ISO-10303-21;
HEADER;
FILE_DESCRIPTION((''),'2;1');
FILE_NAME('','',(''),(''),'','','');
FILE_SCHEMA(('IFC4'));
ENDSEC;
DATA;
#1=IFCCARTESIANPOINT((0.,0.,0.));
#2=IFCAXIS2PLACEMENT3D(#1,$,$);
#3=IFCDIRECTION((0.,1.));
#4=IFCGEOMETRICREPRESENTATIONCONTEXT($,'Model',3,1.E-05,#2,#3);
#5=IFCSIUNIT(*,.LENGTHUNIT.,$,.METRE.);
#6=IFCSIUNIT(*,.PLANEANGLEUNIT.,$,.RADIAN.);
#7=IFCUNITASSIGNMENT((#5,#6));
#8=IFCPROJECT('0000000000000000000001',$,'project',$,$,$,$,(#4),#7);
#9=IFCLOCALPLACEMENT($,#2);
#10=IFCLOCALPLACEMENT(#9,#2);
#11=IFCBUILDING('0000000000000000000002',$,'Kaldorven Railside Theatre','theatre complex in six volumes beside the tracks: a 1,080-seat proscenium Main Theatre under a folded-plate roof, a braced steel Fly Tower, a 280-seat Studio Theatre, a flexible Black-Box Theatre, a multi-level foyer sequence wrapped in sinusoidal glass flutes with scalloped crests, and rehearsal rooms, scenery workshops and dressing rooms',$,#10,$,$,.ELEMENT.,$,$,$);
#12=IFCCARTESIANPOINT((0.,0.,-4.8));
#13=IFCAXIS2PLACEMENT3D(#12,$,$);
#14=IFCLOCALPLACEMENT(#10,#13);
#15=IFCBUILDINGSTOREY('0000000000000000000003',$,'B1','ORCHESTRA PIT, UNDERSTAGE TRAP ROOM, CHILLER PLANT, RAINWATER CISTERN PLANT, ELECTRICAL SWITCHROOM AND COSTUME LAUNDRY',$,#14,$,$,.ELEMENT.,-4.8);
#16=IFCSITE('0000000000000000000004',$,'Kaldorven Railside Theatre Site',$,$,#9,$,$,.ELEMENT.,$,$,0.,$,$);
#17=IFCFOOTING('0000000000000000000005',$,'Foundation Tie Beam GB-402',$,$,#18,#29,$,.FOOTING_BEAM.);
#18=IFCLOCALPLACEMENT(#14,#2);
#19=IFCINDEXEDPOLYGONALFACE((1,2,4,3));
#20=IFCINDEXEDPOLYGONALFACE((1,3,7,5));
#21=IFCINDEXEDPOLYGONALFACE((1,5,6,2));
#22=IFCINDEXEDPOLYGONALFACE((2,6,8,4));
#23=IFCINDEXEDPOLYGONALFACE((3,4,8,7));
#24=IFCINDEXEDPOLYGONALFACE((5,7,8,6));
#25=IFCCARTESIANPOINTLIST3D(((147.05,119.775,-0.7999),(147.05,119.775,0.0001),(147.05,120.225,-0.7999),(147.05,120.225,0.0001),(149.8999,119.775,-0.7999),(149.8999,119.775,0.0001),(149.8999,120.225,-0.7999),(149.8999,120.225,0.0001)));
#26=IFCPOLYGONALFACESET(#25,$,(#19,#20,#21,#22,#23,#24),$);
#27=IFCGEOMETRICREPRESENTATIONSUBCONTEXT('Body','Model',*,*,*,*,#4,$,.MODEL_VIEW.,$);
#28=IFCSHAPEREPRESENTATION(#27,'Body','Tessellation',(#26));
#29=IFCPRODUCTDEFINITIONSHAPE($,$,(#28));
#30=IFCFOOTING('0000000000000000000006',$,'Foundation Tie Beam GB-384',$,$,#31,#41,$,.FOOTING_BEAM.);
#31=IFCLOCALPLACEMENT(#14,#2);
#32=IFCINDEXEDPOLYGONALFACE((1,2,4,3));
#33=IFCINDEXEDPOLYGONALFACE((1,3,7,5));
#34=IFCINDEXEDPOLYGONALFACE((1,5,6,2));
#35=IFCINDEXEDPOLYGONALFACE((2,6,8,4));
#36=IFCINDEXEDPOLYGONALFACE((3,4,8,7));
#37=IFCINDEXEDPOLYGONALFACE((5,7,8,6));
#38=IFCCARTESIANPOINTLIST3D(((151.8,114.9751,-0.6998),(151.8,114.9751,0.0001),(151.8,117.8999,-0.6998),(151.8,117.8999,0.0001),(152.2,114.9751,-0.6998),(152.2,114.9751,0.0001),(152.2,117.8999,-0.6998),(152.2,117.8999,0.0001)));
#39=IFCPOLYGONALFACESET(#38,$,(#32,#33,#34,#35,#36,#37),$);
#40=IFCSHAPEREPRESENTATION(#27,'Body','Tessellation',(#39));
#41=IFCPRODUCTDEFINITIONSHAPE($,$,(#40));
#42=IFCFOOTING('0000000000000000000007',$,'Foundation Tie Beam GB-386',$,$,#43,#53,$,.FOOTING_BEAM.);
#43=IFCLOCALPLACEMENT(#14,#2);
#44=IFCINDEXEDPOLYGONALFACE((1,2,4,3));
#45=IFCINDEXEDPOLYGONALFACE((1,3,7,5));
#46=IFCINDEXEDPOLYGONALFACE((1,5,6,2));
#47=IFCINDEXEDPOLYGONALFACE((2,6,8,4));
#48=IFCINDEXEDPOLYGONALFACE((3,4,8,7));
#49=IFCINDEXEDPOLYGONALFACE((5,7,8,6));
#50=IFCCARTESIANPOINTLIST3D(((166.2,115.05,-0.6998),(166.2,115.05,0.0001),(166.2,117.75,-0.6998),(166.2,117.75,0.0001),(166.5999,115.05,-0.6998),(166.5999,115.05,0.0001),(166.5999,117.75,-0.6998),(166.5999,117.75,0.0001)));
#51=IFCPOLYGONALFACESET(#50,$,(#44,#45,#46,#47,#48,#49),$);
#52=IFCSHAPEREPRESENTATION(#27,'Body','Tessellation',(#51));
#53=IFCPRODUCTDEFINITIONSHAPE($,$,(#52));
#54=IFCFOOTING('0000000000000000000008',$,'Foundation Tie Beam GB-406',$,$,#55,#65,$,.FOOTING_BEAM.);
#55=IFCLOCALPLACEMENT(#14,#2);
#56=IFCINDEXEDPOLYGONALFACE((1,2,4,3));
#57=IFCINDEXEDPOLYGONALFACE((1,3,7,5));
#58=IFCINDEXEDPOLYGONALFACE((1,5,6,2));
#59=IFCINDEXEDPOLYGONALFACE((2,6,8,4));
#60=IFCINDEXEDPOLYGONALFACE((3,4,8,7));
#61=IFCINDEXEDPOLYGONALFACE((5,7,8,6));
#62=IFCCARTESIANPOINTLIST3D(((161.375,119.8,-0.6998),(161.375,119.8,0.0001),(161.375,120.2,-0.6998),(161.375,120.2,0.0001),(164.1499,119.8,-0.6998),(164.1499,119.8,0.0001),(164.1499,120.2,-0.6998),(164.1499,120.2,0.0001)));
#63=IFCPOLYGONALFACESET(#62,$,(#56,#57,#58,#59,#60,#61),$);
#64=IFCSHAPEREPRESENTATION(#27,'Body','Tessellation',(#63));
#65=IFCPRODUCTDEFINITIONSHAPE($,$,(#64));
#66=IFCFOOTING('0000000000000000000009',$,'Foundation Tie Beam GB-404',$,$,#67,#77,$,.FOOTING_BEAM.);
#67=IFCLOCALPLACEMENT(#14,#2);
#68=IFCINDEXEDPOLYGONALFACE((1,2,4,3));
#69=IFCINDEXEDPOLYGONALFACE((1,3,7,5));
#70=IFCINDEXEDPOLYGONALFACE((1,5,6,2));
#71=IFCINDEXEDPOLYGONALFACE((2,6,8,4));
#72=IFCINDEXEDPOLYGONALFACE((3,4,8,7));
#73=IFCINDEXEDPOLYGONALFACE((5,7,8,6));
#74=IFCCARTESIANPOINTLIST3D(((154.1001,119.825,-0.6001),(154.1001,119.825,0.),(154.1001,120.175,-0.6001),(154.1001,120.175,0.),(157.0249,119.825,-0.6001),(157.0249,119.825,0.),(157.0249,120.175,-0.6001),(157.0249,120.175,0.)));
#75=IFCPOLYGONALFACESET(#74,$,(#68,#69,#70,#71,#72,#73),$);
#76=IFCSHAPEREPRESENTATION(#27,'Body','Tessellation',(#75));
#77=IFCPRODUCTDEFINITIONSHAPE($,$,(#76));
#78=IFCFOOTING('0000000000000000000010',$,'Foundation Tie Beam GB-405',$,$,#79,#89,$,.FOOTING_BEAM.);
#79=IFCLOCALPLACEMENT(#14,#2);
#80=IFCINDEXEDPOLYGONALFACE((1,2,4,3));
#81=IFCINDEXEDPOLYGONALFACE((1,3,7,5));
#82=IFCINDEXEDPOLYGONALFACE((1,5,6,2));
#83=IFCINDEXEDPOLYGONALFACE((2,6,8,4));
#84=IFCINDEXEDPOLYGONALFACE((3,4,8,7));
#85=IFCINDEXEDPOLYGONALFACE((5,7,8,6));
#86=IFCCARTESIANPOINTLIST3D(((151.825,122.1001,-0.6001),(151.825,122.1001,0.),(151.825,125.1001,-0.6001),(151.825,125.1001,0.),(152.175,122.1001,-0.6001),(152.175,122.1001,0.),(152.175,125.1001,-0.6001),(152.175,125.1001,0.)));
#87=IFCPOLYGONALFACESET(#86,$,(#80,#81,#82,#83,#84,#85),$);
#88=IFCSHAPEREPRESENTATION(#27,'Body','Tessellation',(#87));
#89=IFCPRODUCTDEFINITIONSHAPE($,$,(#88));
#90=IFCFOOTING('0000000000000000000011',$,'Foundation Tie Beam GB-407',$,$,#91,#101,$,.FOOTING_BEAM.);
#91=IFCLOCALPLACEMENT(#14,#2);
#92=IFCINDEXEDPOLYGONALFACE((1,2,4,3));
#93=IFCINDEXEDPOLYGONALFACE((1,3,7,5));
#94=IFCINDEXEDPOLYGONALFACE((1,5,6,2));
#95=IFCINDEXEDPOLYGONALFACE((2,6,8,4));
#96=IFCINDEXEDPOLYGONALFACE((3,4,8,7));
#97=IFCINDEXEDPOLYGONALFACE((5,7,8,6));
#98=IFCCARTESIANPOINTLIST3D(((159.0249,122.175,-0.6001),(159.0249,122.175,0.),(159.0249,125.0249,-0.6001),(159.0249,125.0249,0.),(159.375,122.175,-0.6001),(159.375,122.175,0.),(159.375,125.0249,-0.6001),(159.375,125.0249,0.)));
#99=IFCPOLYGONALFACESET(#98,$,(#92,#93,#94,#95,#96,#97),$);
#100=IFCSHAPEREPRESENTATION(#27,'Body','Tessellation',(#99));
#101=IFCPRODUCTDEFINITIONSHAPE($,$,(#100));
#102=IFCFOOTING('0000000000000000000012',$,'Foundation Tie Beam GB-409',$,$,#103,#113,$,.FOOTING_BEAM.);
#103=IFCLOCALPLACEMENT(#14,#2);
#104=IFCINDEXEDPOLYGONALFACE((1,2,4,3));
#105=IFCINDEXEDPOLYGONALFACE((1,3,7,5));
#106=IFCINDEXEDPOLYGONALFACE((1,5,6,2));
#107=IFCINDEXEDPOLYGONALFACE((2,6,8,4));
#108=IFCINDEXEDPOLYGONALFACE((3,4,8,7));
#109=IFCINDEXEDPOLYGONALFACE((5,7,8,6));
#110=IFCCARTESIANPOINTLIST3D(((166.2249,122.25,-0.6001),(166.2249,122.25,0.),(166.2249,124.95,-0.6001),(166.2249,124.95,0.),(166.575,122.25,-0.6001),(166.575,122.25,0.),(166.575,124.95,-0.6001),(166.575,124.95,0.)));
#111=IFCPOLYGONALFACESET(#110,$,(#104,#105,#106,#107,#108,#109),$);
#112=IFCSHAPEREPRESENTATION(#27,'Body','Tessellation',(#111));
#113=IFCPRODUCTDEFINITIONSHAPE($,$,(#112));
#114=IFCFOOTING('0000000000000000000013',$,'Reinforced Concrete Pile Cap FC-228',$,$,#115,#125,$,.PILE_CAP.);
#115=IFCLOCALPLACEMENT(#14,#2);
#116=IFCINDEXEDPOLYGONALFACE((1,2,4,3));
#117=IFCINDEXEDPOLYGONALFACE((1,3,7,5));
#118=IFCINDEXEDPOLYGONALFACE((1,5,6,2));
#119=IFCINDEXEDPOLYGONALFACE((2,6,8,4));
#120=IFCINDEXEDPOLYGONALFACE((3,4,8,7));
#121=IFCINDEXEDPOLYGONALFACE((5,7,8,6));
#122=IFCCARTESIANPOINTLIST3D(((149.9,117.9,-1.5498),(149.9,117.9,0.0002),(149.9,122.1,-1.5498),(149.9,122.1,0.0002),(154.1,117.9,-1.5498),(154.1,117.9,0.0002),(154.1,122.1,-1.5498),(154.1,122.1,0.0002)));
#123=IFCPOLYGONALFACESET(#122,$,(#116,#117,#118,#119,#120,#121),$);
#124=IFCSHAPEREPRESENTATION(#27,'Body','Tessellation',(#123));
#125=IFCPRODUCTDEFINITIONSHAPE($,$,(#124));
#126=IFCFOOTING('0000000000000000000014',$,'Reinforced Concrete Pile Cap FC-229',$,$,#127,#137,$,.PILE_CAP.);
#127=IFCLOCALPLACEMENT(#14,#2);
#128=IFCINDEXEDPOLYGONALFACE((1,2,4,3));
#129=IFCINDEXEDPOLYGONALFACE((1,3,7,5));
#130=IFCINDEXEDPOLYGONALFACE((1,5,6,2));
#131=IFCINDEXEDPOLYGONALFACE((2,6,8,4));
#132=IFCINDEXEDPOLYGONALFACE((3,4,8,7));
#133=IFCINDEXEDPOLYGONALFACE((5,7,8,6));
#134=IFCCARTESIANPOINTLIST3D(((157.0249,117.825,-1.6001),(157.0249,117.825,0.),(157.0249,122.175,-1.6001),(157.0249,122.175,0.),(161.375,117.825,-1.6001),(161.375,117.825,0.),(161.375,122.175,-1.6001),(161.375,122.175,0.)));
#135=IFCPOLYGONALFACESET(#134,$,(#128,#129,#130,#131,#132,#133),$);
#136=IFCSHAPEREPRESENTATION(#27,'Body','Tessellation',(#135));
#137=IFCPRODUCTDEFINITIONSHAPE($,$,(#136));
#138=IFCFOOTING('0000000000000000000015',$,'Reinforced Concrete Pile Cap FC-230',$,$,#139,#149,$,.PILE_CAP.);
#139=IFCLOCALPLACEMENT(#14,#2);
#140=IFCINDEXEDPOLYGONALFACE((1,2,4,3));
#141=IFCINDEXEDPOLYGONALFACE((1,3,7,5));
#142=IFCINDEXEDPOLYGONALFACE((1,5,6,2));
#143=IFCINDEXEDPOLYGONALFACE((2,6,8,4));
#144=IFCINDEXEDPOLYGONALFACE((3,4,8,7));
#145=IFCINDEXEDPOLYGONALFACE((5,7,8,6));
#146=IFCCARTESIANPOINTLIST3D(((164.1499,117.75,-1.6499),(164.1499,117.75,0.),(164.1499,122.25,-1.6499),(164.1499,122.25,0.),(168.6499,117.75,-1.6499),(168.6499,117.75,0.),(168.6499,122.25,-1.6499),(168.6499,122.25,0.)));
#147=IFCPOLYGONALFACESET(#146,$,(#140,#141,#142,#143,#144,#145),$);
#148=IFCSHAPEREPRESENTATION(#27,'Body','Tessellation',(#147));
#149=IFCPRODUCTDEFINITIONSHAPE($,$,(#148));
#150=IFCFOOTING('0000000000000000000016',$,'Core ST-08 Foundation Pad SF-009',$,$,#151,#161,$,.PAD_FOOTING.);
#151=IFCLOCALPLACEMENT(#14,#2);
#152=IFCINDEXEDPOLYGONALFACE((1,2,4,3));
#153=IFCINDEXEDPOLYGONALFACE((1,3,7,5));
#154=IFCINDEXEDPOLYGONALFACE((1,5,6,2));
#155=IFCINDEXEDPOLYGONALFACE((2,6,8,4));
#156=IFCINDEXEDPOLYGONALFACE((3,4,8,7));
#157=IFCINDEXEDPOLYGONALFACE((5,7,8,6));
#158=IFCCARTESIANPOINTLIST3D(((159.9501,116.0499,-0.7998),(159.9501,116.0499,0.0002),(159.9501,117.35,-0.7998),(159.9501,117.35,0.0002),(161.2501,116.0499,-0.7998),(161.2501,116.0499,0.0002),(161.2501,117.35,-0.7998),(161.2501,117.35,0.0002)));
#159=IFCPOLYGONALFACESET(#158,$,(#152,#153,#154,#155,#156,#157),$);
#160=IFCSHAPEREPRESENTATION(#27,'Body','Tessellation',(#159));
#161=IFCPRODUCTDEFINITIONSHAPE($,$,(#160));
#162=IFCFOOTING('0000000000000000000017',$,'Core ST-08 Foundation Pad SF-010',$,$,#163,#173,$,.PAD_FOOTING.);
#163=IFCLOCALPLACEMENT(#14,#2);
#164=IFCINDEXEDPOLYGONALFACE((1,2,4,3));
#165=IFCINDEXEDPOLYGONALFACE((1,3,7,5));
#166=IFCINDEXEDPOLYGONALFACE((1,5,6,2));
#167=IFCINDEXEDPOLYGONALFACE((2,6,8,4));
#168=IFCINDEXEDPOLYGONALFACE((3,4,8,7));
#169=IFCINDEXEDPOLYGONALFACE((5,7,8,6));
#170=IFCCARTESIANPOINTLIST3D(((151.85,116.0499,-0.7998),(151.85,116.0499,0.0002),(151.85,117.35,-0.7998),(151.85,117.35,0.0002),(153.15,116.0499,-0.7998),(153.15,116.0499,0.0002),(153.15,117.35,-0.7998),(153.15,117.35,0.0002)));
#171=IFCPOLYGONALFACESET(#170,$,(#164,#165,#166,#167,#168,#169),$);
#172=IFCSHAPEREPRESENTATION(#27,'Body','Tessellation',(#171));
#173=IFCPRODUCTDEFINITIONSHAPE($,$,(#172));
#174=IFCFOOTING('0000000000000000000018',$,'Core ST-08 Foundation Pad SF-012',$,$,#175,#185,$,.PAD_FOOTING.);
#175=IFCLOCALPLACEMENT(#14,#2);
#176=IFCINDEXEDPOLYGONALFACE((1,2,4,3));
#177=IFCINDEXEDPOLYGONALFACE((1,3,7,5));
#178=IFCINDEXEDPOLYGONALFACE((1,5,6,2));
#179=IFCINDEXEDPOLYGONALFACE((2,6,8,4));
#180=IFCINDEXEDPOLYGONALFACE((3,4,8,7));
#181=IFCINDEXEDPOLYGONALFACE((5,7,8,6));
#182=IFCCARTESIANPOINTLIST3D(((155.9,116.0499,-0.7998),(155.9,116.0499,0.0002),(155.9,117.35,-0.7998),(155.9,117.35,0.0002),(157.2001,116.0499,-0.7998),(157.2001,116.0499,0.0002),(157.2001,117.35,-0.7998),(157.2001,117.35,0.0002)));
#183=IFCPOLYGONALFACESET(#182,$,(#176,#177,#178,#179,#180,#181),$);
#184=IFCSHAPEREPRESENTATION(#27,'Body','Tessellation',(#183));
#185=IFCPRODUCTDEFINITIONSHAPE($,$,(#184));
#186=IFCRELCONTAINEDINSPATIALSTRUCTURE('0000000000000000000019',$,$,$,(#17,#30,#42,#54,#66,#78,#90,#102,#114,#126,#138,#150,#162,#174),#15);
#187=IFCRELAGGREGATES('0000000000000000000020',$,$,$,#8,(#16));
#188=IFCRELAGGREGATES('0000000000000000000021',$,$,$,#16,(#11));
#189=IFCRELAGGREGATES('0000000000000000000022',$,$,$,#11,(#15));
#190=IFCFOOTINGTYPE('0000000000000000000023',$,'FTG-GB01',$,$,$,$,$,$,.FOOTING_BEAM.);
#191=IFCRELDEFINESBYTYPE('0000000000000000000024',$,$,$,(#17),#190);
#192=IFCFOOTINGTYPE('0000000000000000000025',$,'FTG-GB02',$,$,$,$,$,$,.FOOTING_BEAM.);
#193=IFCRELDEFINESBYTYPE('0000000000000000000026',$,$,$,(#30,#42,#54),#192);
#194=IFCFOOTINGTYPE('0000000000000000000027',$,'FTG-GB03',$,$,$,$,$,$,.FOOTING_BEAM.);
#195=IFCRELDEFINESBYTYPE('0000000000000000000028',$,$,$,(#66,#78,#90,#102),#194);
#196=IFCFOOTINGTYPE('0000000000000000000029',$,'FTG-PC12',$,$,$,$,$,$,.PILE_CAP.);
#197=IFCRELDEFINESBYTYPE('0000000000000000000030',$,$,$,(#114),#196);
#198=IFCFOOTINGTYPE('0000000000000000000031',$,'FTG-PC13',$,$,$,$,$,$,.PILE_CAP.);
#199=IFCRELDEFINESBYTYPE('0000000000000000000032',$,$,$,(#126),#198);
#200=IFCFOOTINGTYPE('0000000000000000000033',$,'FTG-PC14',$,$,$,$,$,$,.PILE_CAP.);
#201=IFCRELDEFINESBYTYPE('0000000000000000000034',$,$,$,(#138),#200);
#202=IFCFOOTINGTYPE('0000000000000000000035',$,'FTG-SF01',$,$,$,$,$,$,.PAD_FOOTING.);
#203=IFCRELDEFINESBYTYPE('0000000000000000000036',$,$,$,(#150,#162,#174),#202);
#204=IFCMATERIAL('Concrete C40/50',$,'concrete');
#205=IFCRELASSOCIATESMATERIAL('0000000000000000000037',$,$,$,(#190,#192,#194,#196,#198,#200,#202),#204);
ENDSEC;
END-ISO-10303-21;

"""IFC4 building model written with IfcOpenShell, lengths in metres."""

from ifc_helpers import new_model, si_unit, direction, frame, origin, origin_2d, place, context, subcontext, project, spatial, rectangle, extrude, material, material_profile, profile_set, type_object, element, save


model = new_model("IFC4")

# Units and contexts
model_context = context("Model", 3, precision=1e-05, world=origin(), true_north=direction((0.0, 1.0)))
body_context = subcontext(model_context, "Body", "Model", "MODEL_VIEW")
ifc_project = project(units=[si_unit("LENGTHUNIT", "METRE"), si_unit("PLANEANGLEUNIT", "RADIAN")], contexts=[model_context])

# Site, building, storey
site_placement = place(None, origin())
site = spatial("IfcSite", under=ifc_project, at=site_placement, Name="Kaldorven Railside Theatre Site", CompositionType="ELEMENT", RefElevation=0.0)
building_placement = place(site_placement, origin())
building = spatial("IfcBuilding", under=site, at=building_placement, Name="Kaldorven Railside Theatre", Description="theatre complex in six volumes beside the tracks: a 1,080-seat proscenium Main Theatre under a folded-plate roof, a braced steel Fly Tower, a 280-seat Studio Theatre, a flexible Black-Box Theatre, a multi-level foyer sequence wrapped in sinusoidal glass flutes with scalloped crests, and rehearsal rooms, scenery workshops and dressing rooms", CompositionType="ELEMENT")
storey_placement = place(building_placement, frame((0.0, 0.0, -4.8)))
storey = spatial("IfcBuildingStorey", under=building, at=storey_placement, Name="B1", Description="ORCHESTRA PIT, UNDERSTAGE TRAP ROOM, CHILLER PLANT, RAINWATER CISTERN PLANT, ELECTRICAL SWITCHROOM AND COSTUME LAUNDRY", CompositionType="ELEMENT", Elevation=-4.8)

# Footings
ifc_material_1 = material(Name="Concrete C40/50", Category="concrete")
ifc_material_profile_1 = material_profile(ifc_material_1, rectangle(XDim=0.45, YDim=0.8, at=origin_2d()), Name="RC 450x800")
ifc_profile_set_1 = profile_set([ifc_material_profile_1], Name="Concrete C40/50")
footing_type_1 = type_object("IfcFootingType", Name="FTG-GB01", PredefinedType="FOOTING_BEAM", material=ifc_profile_set_1)
footing_1_placement = place(storey_placement, frame((147.05, 120.0, -0.3999), z_axis=(1.0, 0.0, 0.0), x_axis=(0.0, 1.0, 0.0)))
element("IfcFooting", 1, at=footing_1_placement, inside=storey, type_object=footing_type_1, Name="Foundation Tie Beam GB-402", PredefinedType="FOOTING_BEAM", context=body_context, shape_type="SweptSolid", body=[
    extrude(rectangle(XDim=0.45, YDim=0.8, at=origin_2d()), origin(), (0.0, 0.0, 1.0), 2.8499),
])
ifc_material_profile_2 = material_profile(ifc_material_1, rectangle(XDim=0.3999, YDim=0.7, at=origin_2d()), Name="RC 400x700")
ifc_profile_set_2 = profile_set([ifc_material_profile_2], Name="Concrete C40/50")
footing_type_2 = type_object("IfcFootingType", Name="FTG-GB02", PredefinedType="FOOTING_BEAM", material=ifc_profile_set_2)
footing_2_placement = place(storey_placement, frame((152.0, 114.9751, -0.3499), z_axis=(0.0, 1.0, 0.0), x_axis=(-1.0, 0.0, 0.0)))
element("IfcFooting", 2, at=footing_2_placement, inside=storey, type_object=footing_type_2, Name="Foundation Tie Beam GB-384", PredefinedType="FOOTING_BEAM", context=body_context, shape_type="SweptSolid", body=[
    extrude(rectangle(XDim=0.3999, YDim=0.7, at=origin_2d()), origin(), (0.0, 0.0, 1.0), 2.9248),
])
footing_3_placement = place(storey_placement, frame((166.3999, 115.05, -0.3499), z_axis=(0.0, 1.0, 0.0), x_axis=(-1.0, 0.0, 0.0)))
element("IfcFooting", 3, at=footing_3_placement, inside=storey, type_object=footing_type_2, Name="Foundation Tie Beam GB-386", PredefinedType="FOOTING_BEAM", context=body_context, shape_type="SweptSolid", body=[
    extrude(rectangle(XDim=0.3999, YDim=0.7, at=origin_2d()), origin(), (0.0, 0.0, 1.0), 2.7),
])
footing_4_placement = place(storey_placement, frame((161.375, 120.0, -0.3499), z_axis=(1.0, 0.0, 0.0), x_axis=(0.0, 1.0, 0.0)))
element("IfcFooting", 4, at=footing_4_placement, inside=storey, type_object=footing_type_2, Name="Foundation Tie Beam GB-406", PredefinedType="FOOTING_BEAM", context=body_context, shape_type="SweptSolid", body=[
    extrude(rectangle(XDim=0.3999, YDim=0.7, at=origin_2d()), origin(), (0.0, 0.0, 1.0), 2.7749),
])
ifc_material_profile_3 = material_profile(ifc_material_1, rectangle(XDim=0.3501, YDim=0.6001, at=origin_2d()), Name="RC 350x600")
ifc_profile_set_3 = profile_set([ifc_material_profile_3], Name="Concrete C40/50")
footing_type_3 = type_object("IfcFootingType", Name="FTG-GB03", PredefinedType="FOOTING_BEAM", material=ifc_profile_set_3)
footing_5_placement = place(storey_placement, frame((154.1001, 120.0, -0.3), z_axis=(1.0, 0.0, 0.0), x_axis=(0.0, 1.0, 0.0)))
element("IfcFooting", 5, at=footing_5_placement, inside=storey, type_object=footing_type_3, Name="Foundation Tie Beam GB-404", PredefinedType="FOOTING_BEAM", context=body_context, shape_type="SweptSolid", body=[
    extrude(rectangle(XDim=0.3501, YDim=0.6001, at=origin_2d()), origin(), (0.0, 0.0, 1.0), 2.9248),
])
footing_6_placement = place(storey_placement, frame((152.0, 122.1001, -0.3), z_axis=(0.0, 1.0, 0.0), x_axis=(-1.0, 0.0, 0.0)))
element("IfcFooting", 6, at=footing_6_placement, inside=storey, type_object=footing_type_3, Name="Foundation Tie Beam GB-405", PredefinedType="FOOTING_BEAM", context=body_context, shape_type="SweptSolid", body=[
    extrude(rectangle(XDim=0.3501, YDim=0.6001, at=origin_2d()), origin(), (0.0, 0.0, 1.0), 3.0),
])
footing_7_placement = place(storey_placement, frame((159.2, 122.175, -0.3), z_axis=(0.0, 1.0, 0.0), x_axis=(-1.0, 0.0, 0.0)))
element("IfcFooting", 7, at=footing_7_placement, inside=storey, type_object=footing_type_3, Name="Foundation Tie Beam GB-407", PredefinedType="FOOTING_BEAM", context=body_context, shape_type="SweptSolid", body=[
    extrude(rectangle(XDim=0.3501, YDim=0.6001, at=origin_2d()), origin(), (0.0, 0.0, 1.0), 2.8499),
])
footing_8_placement = place(storey_placement, frame((166.3999, 122.25, -0.3), z_axis=(0.0, 1.0, 0.0), x_axis=(-1.0, 0.0, 0.0)))
element("IfcFooting", 8, at=footing_8_placement, inside=storey, type_object=footing_type_3, Name="Foundation Tie Beam GB-409", PredefinedType="FOOTING_BEAM", context=body_context, shape_type="SweptSolid", body=[
    extrude(rectangle(XDim=0.3501, YDim=0.6001, at=origin_2d()), origin(), (0.0, 0.0, 1.0), 2.7),
])
footing_type_4 = type_object("IfcFootingType", Name="FTG-PC12", PredefinedType="PILE_CAP", material=ifc_material_1)
footing_9_placement = place(storey_placement, frame((152.0, 120.0, -1.5498), z_axis=(0.0, 0.0, 1.0), x_axis=(1.0, 0.0, 0.0)))
element("IfcFooting", 9, at=footing_9_placement, inside=storey, type_object=footing_type_4, Name="Reinforced Concrete Pile Cap FC-228", PredefinedType="PILE_CAP", context=body_context, shape_type="SweptSolid", body=[
    extrude(rectangle(XDim=4.2, YDim=4.2, at=origin_2d()), origin(), (0.0, 0.0, 1.0), 1.55),
])
footing_type_5 = type_object("IfcFootingType", Name="FTG-PC13", PredefinedType="PILE_CAP", material=ifc_material_1)
footing_10_placement = place(storey_placement, frame((159.2, 120.0, -1.6001), z_axis=(0.0, 0.0, 1.0), x_axis=(1.0, 0.0, 0.0)))
element("IfcFooting", 10, at=footing_10_placement, inside=storey, type_object=footing_type_5, Name="Reinforced Concrete Pile Cap FC-229", PredefinedType="PILE_CAP", context=body_context, shape_type="SweptSolid", body=[
    extrude(rectangle(XDim=4.3501, YDim=4.3501, at=origin_2d()), origin(), (0.0, 0.0, 1.0), 1.6001),
])
footing_type_6 = type_object("IfcFootingType", Name="FTG-PC14", PredefinedType="PILE_CAP", material=ifc_material_1)
footing_11_placement = place(storey_placement, frame((166.3999, 120.0, -1.6499), z_axis=(0.0, 0.0, 1.0), x_axis=(1.0, 0.0, 0.0)))
element("IfcFooting", 11, at=footing_11_placement, inside=storey, type_object=footing_type_6, Name="Reinforced Concrete Pile Cap FC-230", PredefinedType="PILE_CAP", context=body_context, shape_type="SweptSolid", body=[
    extrude(rectangle(XDim=4.5, YDim=4.5, at=origin_2d()), origin(), (0.0, 0.0, 1.0), 1.6499),
])
footing_type_7 = type_object("IfcFootingType", Name="FTG-SF01", PredefinedType="PAD_FOOTING", material=ifc_material_1)
for number, where, z_axis, x_axis, name in (
    (12, (160.6001, 116.7, -0.7998), (0.0, 0.0, 1.0), (1.0, 0.0, 0.0), "Core ST-08 Foundation Pad SF-009"),
    (13, (152.5, 116.7, -0.7998), (0.0, 0.0, 1.0), (1.0, 0.0, 0.0), "Core ST-08 Foundation Pad SF-010"),
    (14, (156.55, 116.7, -0.7998), (0.0, 0.0, 1.0), (1.0, 0.0, 0.0), "Core ST-08 Foundation Pad SF-012"),
):
    element("IfcFooting", number, at=place(storey_placement, frame(where, z_axis=z_axis, x_axis=x_axis)), inside=storey, type_object=footing_type_7, Name=name, PredefinedType="PAD_FOOTING", context=body_context, shape_type="SweptSolid", body=[
        extrude(rectangle(XDim=1.3, YDim=1.3, at=origin_2d()), origin(), (0.0, 0.0, 1.0), 0.8),
    ])

save(model, "model.ifc")
